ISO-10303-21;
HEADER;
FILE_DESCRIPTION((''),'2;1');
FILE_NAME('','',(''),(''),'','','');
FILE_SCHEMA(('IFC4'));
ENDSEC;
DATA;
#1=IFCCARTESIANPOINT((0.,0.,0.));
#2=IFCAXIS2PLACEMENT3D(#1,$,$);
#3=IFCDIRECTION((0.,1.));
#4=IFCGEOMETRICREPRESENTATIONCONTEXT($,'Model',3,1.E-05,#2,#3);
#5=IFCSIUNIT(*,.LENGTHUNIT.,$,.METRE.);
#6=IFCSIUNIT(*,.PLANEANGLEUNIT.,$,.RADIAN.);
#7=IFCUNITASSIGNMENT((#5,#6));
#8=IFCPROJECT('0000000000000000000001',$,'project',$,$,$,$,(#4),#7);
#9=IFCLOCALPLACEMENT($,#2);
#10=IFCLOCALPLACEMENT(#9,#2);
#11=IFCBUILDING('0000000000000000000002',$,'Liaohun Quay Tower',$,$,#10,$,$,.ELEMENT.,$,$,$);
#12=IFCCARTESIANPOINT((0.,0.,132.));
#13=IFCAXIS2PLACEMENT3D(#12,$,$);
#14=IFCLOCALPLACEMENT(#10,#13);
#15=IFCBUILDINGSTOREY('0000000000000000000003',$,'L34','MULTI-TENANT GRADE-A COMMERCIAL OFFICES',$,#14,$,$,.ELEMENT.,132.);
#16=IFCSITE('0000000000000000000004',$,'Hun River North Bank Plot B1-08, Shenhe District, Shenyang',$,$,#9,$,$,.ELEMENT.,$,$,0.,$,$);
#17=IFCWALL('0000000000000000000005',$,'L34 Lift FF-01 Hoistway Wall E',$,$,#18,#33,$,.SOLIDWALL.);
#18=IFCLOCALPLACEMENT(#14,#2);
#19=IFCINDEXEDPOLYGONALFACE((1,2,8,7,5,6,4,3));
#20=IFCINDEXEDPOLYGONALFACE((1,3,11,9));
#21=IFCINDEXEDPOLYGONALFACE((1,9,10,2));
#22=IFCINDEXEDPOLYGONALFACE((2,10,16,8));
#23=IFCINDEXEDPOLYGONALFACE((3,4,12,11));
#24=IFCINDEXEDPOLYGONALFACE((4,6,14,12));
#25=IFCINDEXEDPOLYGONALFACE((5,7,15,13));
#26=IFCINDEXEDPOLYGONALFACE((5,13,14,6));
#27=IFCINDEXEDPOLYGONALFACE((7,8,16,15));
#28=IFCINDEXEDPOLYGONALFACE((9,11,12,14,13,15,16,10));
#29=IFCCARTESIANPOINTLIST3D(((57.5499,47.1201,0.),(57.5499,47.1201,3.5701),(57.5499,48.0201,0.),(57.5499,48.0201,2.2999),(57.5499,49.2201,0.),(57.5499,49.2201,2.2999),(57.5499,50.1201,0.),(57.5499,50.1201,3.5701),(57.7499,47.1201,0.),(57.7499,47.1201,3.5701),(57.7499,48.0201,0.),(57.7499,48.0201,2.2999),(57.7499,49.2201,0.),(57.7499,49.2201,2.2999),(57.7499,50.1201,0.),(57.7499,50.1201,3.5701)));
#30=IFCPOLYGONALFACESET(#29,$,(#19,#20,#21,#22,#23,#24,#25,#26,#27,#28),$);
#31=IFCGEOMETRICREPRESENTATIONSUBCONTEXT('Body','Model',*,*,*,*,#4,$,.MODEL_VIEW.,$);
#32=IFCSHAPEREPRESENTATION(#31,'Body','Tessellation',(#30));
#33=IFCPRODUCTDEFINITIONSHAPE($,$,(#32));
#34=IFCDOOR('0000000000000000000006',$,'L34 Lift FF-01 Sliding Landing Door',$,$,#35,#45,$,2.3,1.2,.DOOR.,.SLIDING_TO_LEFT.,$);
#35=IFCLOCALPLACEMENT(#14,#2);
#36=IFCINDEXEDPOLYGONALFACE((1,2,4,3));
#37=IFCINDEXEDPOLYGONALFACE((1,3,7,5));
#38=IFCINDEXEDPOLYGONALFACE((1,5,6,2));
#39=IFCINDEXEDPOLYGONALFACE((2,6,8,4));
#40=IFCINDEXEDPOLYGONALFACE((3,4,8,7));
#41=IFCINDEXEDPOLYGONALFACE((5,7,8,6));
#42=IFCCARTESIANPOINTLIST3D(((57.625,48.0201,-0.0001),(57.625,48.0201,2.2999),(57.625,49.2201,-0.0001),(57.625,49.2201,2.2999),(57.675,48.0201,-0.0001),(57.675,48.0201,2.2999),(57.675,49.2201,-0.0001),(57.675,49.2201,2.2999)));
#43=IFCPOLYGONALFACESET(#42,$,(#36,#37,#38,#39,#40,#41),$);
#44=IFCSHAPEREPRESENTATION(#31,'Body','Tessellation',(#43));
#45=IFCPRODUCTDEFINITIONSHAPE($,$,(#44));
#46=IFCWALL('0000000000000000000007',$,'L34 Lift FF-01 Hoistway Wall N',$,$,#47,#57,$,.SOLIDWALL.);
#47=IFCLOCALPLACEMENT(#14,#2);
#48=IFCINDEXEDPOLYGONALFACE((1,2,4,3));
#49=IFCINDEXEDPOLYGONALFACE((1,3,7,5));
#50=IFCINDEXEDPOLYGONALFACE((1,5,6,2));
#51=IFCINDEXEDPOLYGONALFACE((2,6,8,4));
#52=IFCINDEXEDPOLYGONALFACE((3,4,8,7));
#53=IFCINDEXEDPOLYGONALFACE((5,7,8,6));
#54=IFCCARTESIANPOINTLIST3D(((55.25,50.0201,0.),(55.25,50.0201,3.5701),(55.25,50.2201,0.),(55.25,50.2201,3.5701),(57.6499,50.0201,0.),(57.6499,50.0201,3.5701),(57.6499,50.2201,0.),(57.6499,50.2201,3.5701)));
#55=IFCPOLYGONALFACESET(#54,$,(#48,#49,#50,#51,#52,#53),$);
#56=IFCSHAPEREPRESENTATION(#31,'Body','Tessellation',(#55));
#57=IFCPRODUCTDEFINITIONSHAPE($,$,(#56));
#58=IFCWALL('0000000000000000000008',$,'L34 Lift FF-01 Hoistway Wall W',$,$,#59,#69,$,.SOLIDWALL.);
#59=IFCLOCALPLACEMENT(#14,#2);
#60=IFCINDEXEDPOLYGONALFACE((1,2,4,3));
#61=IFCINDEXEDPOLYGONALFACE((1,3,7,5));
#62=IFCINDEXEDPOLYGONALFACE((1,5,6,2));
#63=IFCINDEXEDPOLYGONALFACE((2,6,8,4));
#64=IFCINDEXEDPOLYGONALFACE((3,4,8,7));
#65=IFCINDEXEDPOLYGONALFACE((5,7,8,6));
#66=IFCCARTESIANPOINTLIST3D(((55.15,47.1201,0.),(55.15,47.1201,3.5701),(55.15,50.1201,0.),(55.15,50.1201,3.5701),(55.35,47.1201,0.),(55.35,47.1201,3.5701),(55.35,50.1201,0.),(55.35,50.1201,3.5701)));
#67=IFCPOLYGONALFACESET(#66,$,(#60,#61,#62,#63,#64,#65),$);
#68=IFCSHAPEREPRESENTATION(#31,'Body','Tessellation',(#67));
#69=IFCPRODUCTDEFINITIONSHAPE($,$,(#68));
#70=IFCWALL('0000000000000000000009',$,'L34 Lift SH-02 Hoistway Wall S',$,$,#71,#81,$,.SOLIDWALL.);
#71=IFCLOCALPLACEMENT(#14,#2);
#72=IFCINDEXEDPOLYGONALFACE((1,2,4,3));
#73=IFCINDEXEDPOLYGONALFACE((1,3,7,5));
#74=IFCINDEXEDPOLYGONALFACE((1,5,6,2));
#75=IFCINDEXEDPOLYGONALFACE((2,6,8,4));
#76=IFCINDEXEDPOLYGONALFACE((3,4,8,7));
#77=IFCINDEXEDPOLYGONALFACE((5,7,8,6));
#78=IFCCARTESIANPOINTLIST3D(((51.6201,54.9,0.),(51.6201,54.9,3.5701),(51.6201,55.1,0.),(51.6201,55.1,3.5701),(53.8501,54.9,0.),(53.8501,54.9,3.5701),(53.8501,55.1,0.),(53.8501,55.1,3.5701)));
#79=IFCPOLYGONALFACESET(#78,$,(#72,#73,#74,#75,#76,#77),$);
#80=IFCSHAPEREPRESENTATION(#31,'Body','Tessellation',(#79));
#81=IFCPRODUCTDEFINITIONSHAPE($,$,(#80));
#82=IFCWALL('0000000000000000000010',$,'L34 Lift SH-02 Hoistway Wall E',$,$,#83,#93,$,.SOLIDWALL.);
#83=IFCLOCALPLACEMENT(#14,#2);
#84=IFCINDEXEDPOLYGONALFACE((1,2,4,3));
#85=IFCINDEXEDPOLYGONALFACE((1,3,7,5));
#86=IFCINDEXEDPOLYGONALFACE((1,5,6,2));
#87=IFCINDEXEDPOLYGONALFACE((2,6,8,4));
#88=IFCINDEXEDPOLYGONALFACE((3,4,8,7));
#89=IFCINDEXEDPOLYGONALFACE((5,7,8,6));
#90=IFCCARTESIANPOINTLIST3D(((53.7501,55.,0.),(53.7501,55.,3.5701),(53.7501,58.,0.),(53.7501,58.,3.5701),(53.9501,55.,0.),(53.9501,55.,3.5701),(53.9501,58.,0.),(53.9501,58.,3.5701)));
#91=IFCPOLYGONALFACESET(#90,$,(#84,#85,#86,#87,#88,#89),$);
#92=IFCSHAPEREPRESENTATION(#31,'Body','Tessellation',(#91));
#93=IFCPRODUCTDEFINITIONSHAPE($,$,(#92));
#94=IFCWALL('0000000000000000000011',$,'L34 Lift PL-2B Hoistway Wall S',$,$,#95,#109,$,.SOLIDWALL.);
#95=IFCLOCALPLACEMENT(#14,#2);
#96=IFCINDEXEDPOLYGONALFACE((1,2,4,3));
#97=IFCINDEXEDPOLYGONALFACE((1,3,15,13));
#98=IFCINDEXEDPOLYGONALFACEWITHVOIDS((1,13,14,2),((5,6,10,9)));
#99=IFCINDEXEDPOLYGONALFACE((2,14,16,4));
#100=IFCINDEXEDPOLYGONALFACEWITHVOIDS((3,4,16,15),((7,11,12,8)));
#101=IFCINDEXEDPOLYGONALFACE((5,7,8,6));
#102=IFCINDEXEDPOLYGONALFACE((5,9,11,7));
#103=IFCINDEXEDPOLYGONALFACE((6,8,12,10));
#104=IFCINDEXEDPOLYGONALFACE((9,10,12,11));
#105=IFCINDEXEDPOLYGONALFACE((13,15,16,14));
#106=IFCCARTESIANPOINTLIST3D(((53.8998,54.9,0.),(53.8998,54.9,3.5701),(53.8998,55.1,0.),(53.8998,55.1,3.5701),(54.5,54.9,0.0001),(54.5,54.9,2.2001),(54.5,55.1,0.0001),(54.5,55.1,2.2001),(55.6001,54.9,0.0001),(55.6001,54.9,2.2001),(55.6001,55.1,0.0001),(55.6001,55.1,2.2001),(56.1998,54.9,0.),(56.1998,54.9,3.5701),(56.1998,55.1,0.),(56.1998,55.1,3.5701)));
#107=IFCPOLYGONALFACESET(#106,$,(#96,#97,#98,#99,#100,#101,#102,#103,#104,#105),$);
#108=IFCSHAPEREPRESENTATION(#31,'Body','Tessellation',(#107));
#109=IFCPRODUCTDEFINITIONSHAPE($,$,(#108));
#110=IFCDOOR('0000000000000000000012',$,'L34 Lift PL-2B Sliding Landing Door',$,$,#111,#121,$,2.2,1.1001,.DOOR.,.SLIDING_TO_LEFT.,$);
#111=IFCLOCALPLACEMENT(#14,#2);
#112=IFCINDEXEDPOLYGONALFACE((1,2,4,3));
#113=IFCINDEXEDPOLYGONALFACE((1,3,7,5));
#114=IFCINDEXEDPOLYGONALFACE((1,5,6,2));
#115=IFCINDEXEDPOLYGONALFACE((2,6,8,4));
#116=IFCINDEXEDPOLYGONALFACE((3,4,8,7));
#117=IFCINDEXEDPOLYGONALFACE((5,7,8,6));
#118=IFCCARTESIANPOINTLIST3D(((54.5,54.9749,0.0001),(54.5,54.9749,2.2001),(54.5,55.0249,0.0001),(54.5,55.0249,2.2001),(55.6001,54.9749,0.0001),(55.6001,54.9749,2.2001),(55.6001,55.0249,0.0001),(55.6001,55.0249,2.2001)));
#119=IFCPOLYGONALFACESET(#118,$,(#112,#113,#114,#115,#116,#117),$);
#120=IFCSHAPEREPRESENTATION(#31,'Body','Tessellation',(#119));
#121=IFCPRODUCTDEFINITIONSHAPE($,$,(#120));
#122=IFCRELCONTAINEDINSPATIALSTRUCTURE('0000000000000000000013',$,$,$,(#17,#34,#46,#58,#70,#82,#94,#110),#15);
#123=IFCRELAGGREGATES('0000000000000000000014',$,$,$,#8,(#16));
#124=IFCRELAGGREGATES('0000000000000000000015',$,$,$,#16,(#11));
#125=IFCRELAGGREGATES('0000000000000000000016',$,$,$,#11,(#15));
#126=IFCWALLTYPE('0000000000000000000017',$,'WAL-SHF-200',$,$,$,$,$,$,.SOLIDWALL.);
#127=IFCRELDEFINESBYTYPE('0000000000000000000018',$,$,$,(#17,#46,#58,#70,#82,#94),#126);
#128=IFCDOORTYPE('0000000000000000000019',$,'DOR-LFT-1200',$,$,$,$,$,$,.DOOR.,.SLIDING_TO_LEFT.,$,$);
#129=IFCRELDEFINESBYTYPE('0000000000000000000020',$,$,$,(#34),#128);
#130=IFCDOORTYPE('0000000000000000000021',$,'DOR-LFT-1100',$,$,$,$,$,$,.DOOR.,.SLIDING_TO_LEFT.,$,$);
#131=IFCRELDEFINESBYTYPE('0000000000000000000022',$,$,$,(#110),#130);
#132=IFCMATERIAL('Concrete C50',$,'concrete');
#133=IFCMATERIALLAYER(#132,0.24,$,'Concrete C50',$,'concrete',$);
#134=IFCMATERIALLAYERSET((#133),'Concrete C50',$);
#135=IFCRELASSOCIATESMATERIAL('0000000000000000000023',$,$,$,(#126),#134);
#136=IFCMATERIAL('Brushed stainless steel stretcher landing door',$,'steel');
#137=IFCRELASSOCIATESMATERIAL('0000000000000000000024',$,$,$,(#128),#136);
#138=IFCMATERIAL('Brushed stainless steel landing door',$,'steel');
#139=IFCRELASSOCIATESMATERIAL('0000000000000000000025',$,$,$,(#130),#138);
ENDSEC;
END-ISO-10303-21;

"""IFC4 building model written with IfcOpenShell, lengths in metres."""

from ifc_helpers import new_model, si_unit, direction, frame, frame_2d, origin, place, context, subcontext, project, spatial, rectangle, extrude, source, transform, mapped, material, layer, layer_set, type_object, element, fill, save


model = new_model("IFC4")

# Units and contexts
model_context = context("Model", 3, precision=1e-05, world=origin(), true_north=direction((0.0, 1.0)))
body_context = subcontext(model_context, "Body", "Model", "MODEL_VIEW")
ifc_project = project(units=[si_unit("LENGTHUNIT", "METRE"), si_unit("PLANEANGLEUNIT", "RADIAN")], contexts=[model_context])

# Site, building, storey
site_placement = place(None, origin())
site = spatial("IfcSite", under=ifc_project, at=site_placement, Name="Hun River North Bank Plot B1-08, Shenhe District, Shenyang", CompositionType="ELEMENT", RefElevation=0.0)
building_placement = place(site_placement, origin())
building = spatial("IfcBuilding", under=site, at=building_placement, Name="Liaohun Quay Tower", CompositionType="ELEMENT")
storey_placement = place(building_placement, frame((0.0, 0.0, 132.0)))
storey = spatial("IfcBuildingStorey", under=building, at=storey_placement, Name="L34", Description="MULTI-TENANT GRADE-A COMMERCIAL OFFICES", CompositionType="ELEMENT", Elevation=132.0)

# Shared definitions
ifc_material_1 = material(Name="Concrete C50", Category="concrete")
ifc_layer_1 = layer(ifc_material_1, 0.24, Name="Concrete C50", Category="concrete")
ifc_layer_set_1 = layer_set([ifc_layer_1], Name="Concrete C50")
wall_type_1 = type_object("IfcWallType", Name="WAL-SHF-200", PredefinedType="SOLIDWALL", material=ifc_layer_set_1)

# Wall, opening, door
wall_1_placement = place(storey_placement, frame((57.6499, 47.1201, 0.0), z_axis=(0.0, 0.0, 1.0), x_axis=(0.0, 1.0, 0.0)))
wall_1 = element("IfcWall", 1, at=wall_1_placement, inside=storey, type_object=wall_type_1, Name="L34 Lift FF-01 Hoistway Wall E", PredefinedType="SOLIDWALL", context=body_context, shape_type="SweptSolid", body=[
    extrude(rectangle(XDim=3.0, YDim=0.2, at=frame_2d((1.5, 0.0))), origin(), (0.0, 0.0, 1.0), 3.5701),
])
shared_shape_1 = source(origin(), body_context, "Body", "SweptSolid", [
    extrude(rectangle(XDim=1.2, YDim=2.3, at=frame_2d((0.6001, 1.1499))), frame((0.0, 0.1099, 0.0), z_axis=(0.0, -1.0, 0.0), x_axis=(1.0, 0.0, 0.0)), (0.0, 0.0, 1.0), 0.22),
])
opening_1_placement = place(wall_1_placement, frame((0.8999, 0.0, 0.0)))
opening_1 = element("IfcOpeningElement", 2, at=opening_1_placement, cuts=wall_1, PredefinedType="OPENING", context=body_context, shape_type="MappedRepresentation", body=[
    mapped(shared_shape_1, transform((0.0, 0.0, 0.0), x_axis=(1.0, 0.0, 0.0), y_axis=(0.0, 1.0, 0.0), z_axis=(0.0, 0.0, 1.0), scale=1.0)),
])
ifc_material_2 = material(Name="Brushed stainless steel stretcher landing door", Category="steel")
door_type_1 = type_object("IfcDoorType", Name="DOR-LFT-1200", OperationType="SLIDING_TO_LEFT", PredefinedType="DOOR", material=ifc_material_2)
shared_shape_2 = source(origin(), body_context, "Body", "SweptSolid", [
    extrude(rectangle(XDim=1.2, YDim=2.3, at=frame_2d((0.6001, 1.1499))), frame((0.0, 0.0249, 0.0), z_axis=(0.0, -1.0, 0.0), x_axis=(1.0, 0.0, 0.0)), (0.0, 0.0, 1.0), 0.05),
])
door_1_placement = place(opening_1_placement, origin())
door_1 = element("IfcDoor", 3, at=door_1_placement, inside=storey, type_object=door_type_1, Name="L34 Lift FF-01 Sliding Landing Door", OperationType="SLIDING_TO_LEFT", OverallHeight=2.3, OverallWidth=1.2, PredefinedType="DOOR", context=body_context, shape_type="MappedRepresentation", body=[
    mapped(shared_shape_2, transform((0.0, 0.0, 0.0), x_axis=(1.0, 0.0, 0.0), y_axis=(0.0, 1.0, 0.0), z_axis=(0.0, 0.0, 1.0), scale=1.0)),
])
fill(opening_1, door_1)

# Walls
wall_2_placement = place(storey_placement, frame((57.6499, 50.1201, 0.0), z_axis=(0.0, 0.0, 1.0), x_axis=(-1.0, 0.0, 0.0)))
element("IfcWall", 4, at=wall_2_placement, inside=storey, type_object=wall_type_1, Name="L34 Lift FF-01 Hoistway Wall N", PredefinedType="SOLIDWALL", context=body_context, shape_type="SweptSolid", body=[
    extrude(rectangle(XDim=2.3999, YDim=0.2, at=frame_2d((1.2, 0.0))), origin(), (0.0, 0.0, 1.0), 3.5701),
])
wall_3_placement = place(storey_placement, frame((55.25, 50.1201, 0.0), z_axis=(0.0, 0.0, 1.0), x_axis=(0.0, -1.0, 0.0)))
element("IfcWall", 5, at=wall_3_placement, inside=storey, type_object=wall_type_1, Name="L34 Lift FF-01 Hoistway Wall W", PredefinedType="SOLIDWALL", context=body_context, shape_type="SweptSolid", body=[
    extrude(rectangle(XDim=3.0, YDim=0.2, at=frame_2d((1.5, 0.0))), origin(), (0.0, 0.0, 1.0), 3.5701),
])
wall_4_placement = place(storey_placement, frame((51.6201, 55.0, 0.0), z_axis=(0.0, 0.0, 1.0), x_axis=(1.0, 0.0, 0.0)))
element("IfcWall", 6, at=wall_4_placement, inside=storey, type_object=wall_type_1, Name="L34 Lift SH-02 Hoistway Wall S", PredefinedType="SOLIDWALL", context=body_context, shape_type="SweptSolid", body=[
    extrude(rectangle(XDim=2.23, YDim=0.2, at=frame_2d((1.115, 0.0))), origin(), (0.0, 0.0, 1.0), 3.5701),
])
wall_5_placement = place(storey_placement, frame((53.8501, 55.0, 0.0), z_axis=(0.0, 0.0, 1.0), x_axis=(0.0, 1.0, 0.0)))
element("IfcWall", 7, at=wall_5_placement, inside=storey, type_object=wall_type_1, Name="L34 Lift SH-02 Hoistway Wall E", PredefinedType="SOLIDWALL", context=body_context, shape_type="SweptSolid", body=[
    extrude(rectangle(XDim=3.0, YDim=0.2, at=frame_2d((1.5, 0.0))), origin(), (0.0, 0.0, 1.0), 3.5701),
])

# Wall, opening, door
wall_6_placement = place(storey_placement, frame((53.8999, 55.0, 0.0), z_axis=(0.0, 0.0, 1.0), x_axis=(1.0, 0.0, 0.0)))
wall_6 = element("IfcWall", 8, at=wall_6_placement, inside=storey, type_object=wall_type_1, Name="L34 Lift PL-2B Hoistway Wall S", PredefinedType="SOLIDWALL", context=body_context, shape_type="SweptSolid", body=[
    extrude(rectangle(XDim=2.3, YDim=0.2, at=frame_2d((1.1499, 0.0))), origin(), (0.0, 0.0, 1.0), 3.5701),
])
shared_shape_3 = source(origin(), body_context, "Body", "SweptSolid", [
    extrude(rectangle(XDim=1.1001, YDim=2.2, at=frame_2d((0.55, 1.1001))), frame((0.0, 0.1099, 0.0), z_axis=(0.0, -1.0, 0.0), x_axis=(1.0, 0.0, 0.0)), (0.0, 0.0, 1.0), 0.22),
])
opening_2_placement = place(wall_6_placement, frame((0.6001, 0.0, 0.0)))
opening_2 = element("IfcOpeningElement", 9, at=opening_2_placement, cuts=wall_6, PredefinedType="OPENING", context=body_context, shape_type="MappedRepresentation", body=[
    mapped(shared_shape_3, transform((0.0, 0.0, 0.0), x_axis=(1.0, 0.0, 0.0), y_axis=(0.0, 1.0, 0.0), z_axis=(0.0, 0.0, 1.0), scale=1.0)),
])
ifc_material_3 = material(Name="Brushed stainless steel landing door", Category="steel")
door_type_2 = type_object("IfcDoorType", Name="DOR-LFT-1100", OperationType="SLIDING_TO_LEFT", PredefinedType="DOOR", material=ifc_material_3)
shared_shape_4 = source(origin(), body_context, "Body", "SweptSolid", [
    extrude(rectangle(XDim=1.1001, YDim=2.2, at=frame_2d((0.55, 1.1001))), frame((0.0, 0.0249, 0.0), z_axis=(0.0, -1.0, 0.0), x_axis=(1.0, 0.0, 0.0)), (0.0, 0.0, 1.0), 0.05),
])
door_2_placement = place(opening_2_placement, origin())
door_2 = element("IfcDoor", 10, at=door_2_placement, inside=storey, type_object=door_type_2, Name="L34 Lift PL-2B Sliding Landing Door", OperationType="SLIDING_TO_LEFT", OverallHeight=2.2, OverallWidth=1.1001, PredefinedType="DOOR", context=body_context, shape_type="MappedRepresentation", body=[
    mapped(shared_shape_4, transform((0.0, 0.0, 0.0), x_axis=(1.0, 0.0, 0.0), y_axis=(0.0, 1.0, 0.0), z_axis=(0.0, 0.0, 1.0), scale=1.0)),
])
fill(opening_2, door_2)

save(model, "model.ifc")
